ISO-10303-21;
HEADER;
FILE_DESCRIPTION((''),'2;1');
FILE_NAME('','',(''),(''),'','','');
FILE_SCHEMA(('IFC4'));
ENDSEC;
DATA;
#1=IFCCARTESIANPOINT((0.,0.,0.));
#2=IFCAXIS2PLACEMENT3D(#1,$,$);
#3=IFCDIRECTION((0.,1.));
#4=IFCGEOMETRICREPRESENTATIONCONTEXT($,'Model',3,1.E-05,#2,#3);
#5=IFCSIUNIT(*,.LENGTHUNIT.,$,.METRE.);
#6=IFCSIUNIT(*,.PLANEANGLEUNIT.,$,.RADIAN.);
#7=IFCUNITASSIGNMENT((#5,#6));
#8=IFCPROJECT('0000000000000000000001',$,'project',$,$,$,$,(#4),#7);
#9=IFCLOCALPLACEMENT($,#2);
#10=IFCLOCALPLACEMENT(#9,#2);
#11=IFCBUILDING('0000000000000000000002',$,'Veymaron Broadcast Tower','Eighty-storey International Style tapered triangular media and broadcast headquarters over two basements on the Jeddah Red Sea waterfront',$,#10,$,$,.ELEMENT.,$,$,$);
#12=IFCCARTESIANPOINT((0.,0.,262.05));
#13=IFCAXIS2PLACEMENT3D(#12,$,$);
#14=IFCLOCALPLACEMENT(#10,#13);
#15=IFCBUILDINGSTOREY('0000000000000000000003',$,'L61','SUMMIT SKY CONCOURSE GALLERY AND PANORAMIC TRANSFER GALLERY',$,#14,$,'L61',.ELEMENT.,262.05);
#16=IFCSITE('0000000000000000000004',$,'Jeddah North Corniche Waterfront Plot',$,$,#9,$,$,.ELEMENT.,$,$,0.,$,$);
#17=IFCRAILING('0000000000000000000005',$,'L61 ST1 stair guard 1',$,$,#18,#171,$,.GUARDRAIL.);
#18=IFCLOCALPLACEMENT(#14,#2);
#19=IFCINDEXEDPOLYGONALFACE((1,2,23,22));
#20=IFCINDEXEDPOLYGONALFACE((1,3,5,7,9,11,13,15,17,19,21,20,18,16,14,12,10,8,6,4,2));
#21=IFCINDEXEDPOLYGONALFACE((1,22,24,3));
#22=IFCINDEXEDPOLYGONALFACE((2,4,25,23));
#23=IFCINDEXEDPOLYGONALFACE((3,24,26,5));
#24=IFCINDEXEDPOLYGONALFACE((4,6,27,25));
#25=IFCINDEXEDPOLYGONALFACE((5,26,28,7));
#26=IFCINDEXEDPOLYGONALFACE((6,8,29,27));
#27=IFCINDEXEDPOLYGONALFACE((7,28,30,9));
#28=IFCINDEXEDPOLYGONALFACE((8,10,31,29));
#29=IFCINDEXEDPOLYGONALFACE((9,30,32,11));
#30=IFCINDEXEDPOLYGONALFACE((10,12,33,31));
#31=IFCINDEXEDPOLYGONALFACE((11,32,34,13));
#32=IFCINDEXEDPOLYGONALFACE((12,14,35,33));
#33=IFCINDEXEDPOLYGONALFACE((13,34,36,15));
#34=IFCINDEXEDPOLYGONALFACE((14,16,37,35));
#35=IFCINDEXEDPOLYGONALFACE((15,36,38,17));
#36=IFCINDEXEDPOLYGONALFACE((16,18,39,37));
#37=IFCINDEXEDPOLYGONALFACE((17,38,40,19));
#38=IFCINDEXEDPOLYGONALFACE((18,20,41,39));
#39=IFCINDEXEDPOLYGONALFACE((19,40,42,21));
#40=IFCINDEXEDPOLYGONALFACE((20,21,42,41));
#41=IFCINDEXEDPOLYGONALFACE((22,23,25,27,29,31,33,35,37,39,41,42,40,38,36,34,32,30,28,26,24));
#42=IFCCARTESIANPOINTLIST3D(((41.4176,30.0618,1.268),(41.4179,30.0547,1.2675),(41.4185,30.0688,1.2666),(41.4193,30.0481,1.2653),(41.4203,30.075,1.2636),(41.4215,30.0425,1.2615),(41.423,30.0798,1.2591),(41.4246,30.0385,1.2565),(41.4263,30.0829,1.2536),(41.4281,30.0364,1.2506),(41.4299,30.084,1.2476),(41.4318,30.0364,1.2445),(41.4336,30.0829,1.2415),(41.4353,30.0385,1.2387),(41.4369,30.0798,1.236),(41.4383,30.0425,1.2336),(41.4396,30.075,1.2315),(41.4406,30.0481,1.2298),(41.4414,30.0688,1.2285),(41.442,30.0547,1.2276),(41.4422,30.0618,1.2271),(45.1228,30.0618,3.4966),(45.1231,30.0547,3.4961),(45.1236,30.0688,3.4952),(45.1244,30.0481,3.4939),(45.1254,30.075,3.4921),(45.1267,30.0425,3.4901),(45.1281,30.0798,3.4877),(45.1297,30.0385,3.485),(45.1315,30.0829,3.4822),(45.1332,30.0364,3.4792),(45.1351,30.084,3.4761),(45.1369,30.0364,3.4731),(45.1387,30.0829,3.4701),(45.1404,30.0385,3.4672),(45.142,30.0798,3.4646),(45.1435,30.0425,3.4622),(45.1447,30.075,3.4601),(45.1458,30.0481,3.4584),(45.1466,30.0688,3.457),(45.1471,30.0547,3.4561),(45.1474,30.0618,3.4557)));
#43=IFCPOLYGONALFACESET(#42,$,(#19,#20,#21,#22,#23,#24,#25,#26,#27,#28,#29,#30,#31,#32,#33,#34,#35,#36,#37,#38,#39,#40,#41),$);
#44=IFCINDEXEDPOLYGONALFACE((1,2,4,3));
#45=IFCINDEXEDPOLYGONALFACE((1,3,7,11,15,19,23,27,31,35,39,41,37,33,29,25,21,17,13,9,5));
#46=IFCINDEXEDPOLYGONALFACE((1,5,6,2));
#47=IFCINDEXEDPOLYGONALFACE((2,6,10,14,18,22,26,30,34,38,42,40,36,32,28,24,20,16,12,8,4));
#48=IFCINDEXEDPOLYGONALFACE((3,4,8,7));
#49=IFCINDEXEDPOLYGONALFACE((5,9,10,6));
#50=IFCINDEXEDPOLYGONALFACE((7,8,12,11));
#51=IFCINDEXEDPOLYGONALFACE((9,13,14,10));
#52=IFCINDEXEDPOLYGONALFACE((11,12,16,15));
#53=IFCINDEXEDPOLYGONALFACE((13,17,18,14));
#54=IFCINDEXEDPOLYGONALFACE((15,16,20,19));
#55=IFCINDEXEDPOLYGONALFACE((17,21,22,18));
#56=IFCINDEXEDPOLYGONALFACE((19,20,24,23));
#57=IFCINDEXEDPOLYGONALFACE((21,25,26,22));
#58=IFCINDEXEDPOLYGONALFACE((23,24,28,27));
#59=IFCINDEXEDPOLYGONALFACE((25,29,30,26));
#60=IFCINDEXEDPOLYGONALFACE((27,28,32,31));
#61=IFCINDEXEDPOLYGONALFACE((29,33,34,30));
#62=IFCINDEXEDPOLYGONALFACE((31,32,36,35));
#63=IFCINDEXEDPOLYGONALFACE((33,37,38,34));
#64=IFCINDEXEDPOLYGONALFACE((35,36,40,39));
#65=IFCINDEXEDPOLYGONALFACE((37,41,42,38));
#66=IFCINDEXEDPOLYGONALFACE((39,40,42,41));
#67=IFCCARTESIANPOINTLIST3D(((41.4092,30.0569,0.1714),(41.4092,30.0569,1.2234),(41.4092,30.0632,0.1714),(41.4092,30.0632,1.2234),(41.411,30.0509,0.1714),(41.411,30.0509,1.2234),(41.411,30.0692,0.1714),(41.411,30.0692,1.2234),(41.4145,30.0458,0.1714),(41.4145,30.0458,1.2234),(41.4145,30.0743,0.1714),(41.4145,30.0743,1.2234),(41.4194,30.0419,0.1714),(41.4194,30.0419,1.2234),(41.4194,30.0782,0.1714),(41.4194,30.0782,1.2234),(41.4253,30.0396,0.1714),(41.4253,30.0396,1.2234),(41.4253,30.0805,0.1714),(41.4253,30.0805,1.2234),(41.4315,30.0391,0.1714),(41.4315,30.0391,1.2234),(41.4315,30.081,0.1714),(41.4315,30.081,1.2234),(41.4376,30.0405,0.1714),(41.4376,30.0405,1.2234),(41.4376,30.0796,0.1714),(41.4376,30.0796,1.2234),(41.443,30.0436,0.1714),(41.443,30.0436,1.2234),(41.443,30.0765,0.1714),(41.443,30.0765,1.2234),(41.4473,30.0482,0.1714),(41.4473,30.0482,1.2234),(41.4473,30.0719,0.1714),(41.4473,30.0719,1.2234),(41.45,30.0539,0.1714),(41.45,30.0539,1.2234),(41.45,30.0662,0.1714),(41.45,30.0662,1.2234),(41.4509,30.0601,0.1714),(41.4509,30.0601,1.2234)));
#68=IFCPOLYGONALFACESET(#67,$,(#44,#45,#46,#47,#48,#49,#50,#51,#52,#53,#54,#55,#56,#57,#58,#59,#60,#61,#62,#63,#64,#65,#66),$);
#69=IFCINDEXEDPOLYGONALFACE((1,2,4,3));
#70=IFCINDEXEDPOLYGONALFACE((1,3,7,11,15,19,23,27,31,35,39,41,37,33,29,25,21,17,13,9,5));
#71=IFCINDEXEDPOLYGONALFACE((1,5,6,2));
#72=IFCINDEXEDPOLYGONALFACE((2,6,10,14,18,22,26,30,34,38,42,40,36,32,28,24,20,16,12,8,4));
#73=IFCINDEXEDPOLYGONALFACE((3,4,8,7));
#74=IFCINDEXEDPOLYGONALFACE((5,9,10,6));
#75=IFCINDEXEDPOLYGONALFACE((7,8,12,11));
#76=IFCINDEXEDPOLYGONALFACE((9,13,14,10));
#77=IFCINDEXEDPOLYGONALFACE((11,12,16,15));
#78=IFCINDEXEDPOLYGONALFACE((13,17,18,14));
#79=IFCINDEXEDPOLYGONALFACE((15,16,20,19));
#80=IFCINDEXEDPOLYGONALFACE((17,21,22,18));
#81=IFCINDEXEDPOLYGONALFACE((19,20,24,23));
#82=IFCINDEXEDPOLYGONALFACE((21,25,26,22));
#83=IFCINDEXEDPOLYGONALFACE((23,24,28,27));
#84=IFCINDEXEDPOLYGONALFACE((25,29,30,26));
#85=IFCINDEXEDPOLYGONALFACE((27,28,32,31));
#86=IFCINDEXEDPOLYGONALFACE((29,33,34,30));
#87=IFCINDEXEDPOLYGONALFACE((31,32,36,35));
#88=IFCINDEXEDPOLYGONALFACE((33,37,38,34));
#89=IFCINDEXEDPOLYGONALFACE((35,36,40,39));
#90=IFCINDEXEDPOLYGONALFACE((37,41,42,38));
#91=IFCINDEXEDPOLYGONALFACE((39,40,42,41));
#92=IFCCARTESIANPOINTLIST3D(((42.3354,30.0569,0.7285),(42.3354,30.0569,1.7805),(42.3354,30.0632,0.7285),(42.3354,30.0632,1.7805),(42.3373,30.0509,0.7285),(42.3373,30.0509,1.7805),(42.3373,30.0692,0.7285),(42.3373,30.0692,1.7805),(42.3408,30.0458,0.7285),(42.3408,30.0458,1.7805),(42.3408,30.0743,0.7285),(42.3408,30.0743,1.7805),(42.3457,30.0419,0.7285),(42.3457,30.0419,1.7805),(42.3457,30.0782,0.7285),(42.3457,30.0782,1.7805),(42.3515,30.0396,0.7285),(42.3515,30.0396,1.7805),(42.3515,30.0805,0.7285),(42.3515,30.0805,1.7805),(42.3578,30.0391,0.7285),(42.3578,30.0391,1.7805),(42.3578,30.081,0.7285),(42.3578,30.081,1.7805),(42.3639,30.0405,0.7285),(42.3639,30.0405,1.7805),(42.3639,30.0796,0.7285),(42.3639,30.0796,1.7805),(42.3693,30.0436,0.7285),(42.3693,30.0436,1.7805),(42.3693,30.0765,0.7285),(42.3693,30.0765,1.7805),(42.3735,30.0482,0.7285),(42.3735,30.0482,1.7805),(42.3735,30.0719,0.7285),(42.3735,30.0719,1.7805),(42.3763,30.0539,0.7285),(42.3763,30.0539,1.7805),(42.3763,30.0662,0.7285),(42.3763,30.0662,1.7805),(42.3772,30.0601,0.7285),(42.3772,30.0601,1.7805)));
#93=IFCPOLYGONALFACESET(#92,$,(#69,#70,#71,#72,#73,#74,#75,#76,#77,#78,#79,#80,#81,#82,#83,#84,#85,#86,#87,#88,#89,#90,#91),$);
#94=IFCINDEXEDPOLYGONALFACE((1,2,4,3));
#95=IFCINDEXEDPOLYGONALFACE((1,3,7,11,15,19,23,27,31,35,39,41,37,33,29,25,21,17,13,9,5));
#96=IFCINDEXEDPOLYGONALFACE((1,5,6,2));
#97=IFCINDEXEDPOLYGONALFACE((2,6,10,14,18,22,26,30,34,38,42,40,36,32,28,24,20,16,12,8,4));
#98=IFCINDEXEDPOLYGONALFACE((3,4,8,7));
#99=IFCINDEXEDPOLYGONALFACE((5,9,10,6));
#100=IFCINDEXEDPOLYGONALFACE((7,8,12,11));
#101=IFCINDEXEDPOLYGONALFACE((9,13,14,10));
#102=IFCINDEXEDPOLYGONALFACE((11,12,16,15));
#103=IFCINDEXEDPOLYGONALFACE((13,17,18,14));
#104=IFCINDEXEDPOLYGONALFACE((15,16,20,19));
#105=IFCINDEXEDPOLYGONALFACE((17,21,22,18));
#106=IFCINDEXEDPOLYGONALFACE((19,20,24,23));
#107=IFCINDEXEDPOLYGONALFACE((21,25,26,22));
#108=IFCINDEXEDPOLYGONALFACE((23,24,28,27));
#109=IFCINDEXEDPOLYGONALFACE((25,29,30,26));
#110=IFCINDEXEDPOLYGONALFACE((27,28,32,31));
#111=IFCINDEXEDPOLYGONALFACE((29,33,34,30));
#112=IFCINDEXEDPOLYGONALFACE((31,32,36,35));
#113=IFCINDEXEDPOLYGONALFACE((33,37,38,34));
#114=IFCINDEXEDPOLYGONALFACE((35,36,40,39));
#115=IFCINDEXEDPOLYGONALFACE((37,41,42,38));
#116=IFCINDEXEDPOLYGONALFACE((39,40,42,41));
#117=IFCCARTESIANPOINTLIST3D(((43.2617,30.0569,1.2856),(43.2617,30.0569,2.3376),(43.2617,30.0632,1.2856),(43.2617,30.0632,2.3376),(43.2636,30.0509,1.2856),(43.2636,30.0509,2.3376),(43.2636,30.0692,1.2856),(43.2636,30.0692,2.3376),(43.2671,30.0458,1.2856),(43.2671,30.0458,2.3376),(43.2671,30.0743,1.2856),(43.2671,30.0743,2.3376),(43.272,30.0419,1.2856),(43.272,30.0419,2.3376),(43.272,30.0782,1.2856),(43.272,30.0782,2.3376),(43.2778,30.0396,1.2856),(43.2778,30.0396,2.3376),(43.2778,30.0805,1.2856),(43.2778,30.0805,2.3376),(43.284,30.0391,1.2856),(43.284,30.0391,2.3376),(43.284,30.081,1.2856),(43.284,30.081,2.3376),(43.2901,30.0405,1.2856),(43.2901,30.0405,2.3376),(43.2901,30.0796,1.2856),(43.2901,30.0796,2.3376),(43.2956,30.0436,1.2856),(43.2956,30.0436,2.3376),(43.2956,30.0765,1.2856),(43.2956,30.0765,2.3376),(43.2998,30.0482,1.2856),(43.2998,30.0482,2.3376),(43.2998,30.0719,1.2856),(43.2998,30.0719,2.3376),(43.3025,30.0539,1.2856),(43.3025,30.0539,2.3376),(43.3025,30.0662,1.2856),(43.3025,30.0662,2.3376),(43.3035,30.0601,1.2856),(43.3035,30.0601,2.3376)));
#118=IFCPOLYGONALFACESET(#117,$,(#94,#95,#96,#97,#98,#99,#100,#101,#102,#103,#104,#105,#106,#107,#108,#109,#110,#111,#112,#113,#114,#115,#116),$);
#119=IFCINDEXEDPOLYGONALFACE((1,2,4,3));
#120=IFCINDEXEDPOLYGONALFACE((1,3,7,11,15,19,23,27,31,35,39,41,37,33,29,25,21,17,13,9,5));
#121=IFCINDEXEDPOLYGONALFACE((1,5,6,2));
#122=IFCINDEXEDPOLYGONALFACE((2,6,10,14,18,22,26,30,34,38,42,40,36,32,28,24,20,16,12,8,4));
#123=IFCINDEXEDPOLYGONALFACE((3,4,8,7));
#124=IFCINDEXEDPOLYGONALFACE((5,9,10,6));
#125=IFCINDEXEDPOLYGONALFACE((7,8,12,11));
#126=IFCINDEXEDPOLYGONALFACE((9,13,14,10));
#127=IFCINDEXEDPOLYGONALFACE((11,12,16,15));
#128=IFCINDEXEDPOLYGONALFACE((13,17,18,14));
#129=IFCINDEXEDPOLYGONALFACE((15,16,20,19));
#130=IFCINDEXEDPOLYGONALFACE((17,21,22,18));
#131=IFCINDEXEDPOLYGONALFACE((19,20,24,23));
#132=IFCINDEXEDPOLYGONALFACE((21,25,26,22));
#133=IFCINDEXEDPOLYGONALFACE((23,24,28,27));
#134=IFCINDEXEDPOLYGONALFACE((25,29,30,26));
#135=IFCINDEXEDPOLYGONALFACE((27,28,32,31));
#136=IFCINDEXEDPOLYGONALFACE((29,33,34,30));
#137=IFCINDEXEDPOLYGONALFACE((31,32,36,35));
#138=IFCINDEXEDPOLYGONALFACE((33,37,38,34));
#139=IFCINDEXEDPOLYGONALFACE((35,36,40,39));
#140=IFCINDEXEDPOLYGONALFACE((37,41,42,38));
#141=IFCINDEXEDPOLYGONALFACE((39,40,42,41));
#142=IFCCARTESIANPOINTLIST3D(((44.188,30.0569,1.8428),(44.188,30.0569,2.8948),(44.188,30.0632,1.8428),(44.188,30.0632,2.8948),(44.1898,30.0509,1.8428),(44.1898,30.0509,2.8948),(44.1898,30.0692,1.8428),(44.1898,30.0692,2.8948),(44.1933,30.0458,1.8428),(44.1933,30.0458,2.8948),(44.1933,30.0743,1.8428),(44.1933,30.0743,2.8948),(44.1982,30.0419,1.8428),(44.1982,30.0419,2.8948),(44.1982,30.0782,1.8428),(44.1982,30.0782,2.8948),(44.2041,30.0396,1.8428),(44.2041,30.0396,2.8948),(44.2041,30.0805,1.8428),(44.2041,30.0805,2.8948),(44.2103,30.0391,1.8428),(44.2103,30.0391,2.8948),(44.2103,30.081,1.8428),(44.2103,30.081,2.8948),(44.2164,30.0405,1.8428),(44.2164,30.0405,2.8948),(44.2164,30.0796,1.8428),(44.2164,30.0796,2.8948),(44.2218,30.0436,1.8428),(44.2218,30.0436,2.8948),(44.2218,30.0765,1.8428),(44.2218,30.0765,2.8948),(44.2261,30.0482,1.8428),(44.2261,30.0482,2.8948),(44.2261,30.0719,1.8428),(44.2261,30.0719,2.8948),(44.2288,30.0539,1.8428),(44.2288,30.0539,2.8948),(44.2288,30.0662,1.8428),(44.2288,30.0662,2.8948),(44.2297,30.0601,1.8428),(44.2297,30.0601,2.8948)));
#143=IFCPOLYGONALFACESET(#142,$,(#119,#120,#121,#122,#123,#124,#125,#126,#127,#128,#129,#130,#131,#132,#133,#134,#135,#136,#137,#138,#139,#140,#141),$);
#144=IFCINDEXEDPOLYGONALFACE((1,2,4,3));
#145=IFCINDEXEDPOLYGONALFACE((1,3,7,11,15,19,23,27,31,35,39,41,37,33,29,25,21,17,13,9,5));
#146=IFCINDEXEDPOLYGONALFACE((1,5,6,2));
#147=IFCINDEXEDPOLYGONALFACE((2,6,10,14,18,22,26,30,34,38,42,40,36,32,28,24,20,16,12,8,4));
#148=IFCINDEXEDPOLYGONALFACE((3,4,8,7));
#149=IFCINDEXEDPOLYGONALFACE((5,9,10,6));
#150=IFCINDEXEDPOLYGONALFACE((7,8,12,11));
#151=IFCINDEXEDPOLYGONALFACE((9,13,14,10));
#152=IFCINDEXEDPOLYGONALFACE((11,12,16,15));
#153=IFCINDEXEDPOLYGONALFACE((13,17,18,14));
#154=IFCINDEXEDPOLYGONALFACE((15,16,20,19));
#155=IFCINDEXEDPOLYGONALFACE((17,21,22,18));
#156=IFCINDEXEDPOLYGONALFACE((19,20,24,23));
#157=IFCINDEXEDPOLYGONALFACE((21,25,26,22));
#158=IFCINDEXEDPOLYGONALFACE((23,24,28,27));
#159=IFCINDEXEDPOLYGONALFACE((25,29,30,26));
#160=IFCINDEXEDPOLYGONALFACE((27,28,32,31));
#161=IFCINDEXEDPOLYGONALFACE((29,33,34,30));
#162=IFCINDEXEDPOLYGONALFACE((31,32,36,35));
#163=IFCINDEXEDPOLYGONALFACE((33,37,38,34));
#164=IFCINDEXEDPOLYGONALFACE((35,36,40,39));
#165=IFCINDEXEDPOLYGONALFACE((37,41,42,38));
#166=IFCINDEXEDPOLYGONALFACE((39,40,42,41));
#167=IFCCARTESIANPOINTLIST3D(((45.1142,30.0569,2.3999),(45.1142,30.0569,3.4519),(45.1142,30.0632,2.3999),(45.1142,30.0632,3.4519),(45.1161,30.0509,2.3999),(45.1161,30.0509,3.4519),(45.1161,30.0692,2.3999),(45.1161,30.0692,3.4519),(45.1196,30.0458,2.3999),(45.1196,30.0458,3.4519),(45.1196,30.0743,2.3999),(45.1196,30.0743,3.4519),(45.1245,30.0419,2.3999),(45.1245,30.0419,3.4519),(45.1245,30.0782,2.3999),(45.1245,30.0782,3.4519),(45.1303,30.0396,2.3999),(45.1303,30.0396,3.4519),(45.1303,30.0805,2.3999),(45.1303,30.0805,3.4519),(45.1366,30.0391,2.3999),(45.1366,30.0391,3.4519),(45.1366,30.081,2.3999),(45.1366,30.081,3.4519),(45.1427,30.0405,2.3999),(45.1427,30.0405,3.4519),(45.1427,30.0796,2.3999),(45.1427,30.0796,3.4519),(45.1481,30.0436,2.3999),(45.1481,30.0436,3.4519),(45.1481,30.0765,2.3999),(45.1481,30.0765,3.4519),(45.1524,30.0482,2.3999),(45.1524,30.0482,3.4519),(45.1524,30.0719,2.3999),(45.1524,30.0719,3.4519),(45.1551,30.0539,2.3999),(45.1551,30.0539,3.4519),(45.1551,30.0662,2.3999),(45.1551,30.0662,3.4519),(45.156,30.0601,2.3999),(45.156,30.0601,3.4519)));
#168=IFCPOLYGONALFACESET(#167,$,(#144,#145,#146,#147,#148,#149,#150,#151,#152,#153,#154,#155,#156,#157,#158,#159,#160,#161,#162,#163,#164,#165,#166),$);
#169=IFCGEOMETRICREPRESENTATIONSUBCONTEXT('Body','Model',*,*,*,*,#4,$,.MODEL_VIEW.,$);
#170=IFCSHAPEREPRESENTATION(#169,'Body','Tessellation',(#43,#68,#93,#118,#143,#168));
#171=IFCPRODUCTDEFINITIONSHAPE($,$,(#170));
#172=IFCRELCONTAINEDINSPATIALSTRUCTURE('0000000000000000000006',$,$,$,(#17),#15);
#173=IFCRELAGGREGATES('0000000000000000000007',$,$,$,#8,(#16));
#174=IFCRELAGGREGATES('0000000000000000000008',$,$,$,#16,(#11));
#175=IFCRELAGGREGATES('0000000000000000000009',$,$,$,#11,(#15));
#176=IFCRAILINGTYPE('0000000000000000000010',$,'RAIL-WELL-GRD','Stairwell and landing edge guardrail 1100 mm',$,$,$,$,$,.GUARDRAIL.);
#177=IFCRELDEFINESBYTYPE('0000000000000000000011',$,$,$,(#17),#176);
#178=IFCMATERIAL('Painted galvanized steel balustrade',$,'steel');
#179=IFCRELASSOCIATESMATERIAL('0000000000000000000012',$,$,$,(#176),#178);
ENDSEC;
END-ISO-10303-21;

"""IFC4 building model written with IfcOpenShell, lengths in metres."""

from ifc_helpers import new_model, si_unit, direction, frame, origin, origin_2d, place, context, subcontext, project, spatial, circle, extrude, material, type_object, element, save


model = new_model("IFC4")

# Units and contexts
model_context = context("Model", 3, precision=1e-05, world=origin(), true_north=direction((0.0, 1.0)))
body_context = subcontext(model_context, "Body", "Model", "MODEL_VIEW")
ifc_project = project(units=[si_unit("LENGTHUNIT", "METRE"), si_unit("PLANEANGLEUNIT", "RADIAN")], contexts=[model_context])

# Site, building, storey
site_placement = place(None, origin())
site = spatial("IfcSite", under=ifc_project, at=site_placement, Name="Jeddah North Corniche Waterfront Plot", CompositionType="ELEMENT", RefElevation=0.0)
building_placement = place(site_placement, origin())
building = spatial("IfcBuilding", under=site, at=building_placement, Name="Veymaron Broadcast Tower", Description="Eighty-storey International Style tapered triangular media and broadcast headquarters over two basements on the Jeddah Red Sea waterfront", CompositionType="ELEMENT")
storey_placement = place(building_placement, frame((0.0, 0.0, 262.05)))
storey = spatial("IfcBuildingStorey", under=building, at=storey_placement, Name="L61", Description="SUMMIT SKY CONCOURSE GALLERY AND PANORAMIC TRANSFER GALLERY", LongName="L61", CompositionType="ELEMENT", Elevation=262.05)

# Railing
ifc_material_1 = material(Name="Painted galvanized steel balustrade", Category="steel")
railing_type_1 = type_object("IfcRailingType", Name="RAIL-WELL-GRD", Description="Stairwell and landing edge guardrail 1100 mm", PredefinedType="GUARDRAIL", material=ifc_material_1)
railing_1_placement = place(storey_placement, frame((41.4299, 30.0601, 0.1714)))
element("IfcRailing", 1, at=railing_1_placement, inside=storey, type_object=railing_type_1, Name="L61 ST1 stair guard 1", PredefinedType="GUARDRAIL", context=body_context, shape_type="SweptSolid", body=[
    extrude(circle(Radius=0.0239, at=origin_2d()), frame((0.0, 0.0, 1.0762), z_axis=(0.856934, 0.0, 0.515425), x_axis=(0.0, 1.0, 0.0)), (0.0, 0.0, 1.0), 4.3237),
    extrude(circle(Radius=0.021, at=origin_2d()), origin(), (0.0, 0.0, 1.0), 1.052),
    extrude(circle(Radius=0.021, at=origin_2d()), frame((0.9263, 0.0, 0.5571)), (0.0, 0.0, 1.0), 1.052),
    extrude(circle(Radius=0.021, at=origin_2d()), frame((1.8525, 0.0, 1.1143)), (0.0, 0.0, 1.0), 1.052),
    extrude(circle(Radius=0.021, at=origin_2d()), frame((2.7788, 0.0, 1.6714)), (0.0, 0.0, 1.0), 1.052),
    extrude(circle(Radius=0.021, at=origin_2d()), frame((3.7051, 0.0, 2.2285)), (0.0, 0.0, 1.0), 1.052),
])

save(model, "model.ifc")
